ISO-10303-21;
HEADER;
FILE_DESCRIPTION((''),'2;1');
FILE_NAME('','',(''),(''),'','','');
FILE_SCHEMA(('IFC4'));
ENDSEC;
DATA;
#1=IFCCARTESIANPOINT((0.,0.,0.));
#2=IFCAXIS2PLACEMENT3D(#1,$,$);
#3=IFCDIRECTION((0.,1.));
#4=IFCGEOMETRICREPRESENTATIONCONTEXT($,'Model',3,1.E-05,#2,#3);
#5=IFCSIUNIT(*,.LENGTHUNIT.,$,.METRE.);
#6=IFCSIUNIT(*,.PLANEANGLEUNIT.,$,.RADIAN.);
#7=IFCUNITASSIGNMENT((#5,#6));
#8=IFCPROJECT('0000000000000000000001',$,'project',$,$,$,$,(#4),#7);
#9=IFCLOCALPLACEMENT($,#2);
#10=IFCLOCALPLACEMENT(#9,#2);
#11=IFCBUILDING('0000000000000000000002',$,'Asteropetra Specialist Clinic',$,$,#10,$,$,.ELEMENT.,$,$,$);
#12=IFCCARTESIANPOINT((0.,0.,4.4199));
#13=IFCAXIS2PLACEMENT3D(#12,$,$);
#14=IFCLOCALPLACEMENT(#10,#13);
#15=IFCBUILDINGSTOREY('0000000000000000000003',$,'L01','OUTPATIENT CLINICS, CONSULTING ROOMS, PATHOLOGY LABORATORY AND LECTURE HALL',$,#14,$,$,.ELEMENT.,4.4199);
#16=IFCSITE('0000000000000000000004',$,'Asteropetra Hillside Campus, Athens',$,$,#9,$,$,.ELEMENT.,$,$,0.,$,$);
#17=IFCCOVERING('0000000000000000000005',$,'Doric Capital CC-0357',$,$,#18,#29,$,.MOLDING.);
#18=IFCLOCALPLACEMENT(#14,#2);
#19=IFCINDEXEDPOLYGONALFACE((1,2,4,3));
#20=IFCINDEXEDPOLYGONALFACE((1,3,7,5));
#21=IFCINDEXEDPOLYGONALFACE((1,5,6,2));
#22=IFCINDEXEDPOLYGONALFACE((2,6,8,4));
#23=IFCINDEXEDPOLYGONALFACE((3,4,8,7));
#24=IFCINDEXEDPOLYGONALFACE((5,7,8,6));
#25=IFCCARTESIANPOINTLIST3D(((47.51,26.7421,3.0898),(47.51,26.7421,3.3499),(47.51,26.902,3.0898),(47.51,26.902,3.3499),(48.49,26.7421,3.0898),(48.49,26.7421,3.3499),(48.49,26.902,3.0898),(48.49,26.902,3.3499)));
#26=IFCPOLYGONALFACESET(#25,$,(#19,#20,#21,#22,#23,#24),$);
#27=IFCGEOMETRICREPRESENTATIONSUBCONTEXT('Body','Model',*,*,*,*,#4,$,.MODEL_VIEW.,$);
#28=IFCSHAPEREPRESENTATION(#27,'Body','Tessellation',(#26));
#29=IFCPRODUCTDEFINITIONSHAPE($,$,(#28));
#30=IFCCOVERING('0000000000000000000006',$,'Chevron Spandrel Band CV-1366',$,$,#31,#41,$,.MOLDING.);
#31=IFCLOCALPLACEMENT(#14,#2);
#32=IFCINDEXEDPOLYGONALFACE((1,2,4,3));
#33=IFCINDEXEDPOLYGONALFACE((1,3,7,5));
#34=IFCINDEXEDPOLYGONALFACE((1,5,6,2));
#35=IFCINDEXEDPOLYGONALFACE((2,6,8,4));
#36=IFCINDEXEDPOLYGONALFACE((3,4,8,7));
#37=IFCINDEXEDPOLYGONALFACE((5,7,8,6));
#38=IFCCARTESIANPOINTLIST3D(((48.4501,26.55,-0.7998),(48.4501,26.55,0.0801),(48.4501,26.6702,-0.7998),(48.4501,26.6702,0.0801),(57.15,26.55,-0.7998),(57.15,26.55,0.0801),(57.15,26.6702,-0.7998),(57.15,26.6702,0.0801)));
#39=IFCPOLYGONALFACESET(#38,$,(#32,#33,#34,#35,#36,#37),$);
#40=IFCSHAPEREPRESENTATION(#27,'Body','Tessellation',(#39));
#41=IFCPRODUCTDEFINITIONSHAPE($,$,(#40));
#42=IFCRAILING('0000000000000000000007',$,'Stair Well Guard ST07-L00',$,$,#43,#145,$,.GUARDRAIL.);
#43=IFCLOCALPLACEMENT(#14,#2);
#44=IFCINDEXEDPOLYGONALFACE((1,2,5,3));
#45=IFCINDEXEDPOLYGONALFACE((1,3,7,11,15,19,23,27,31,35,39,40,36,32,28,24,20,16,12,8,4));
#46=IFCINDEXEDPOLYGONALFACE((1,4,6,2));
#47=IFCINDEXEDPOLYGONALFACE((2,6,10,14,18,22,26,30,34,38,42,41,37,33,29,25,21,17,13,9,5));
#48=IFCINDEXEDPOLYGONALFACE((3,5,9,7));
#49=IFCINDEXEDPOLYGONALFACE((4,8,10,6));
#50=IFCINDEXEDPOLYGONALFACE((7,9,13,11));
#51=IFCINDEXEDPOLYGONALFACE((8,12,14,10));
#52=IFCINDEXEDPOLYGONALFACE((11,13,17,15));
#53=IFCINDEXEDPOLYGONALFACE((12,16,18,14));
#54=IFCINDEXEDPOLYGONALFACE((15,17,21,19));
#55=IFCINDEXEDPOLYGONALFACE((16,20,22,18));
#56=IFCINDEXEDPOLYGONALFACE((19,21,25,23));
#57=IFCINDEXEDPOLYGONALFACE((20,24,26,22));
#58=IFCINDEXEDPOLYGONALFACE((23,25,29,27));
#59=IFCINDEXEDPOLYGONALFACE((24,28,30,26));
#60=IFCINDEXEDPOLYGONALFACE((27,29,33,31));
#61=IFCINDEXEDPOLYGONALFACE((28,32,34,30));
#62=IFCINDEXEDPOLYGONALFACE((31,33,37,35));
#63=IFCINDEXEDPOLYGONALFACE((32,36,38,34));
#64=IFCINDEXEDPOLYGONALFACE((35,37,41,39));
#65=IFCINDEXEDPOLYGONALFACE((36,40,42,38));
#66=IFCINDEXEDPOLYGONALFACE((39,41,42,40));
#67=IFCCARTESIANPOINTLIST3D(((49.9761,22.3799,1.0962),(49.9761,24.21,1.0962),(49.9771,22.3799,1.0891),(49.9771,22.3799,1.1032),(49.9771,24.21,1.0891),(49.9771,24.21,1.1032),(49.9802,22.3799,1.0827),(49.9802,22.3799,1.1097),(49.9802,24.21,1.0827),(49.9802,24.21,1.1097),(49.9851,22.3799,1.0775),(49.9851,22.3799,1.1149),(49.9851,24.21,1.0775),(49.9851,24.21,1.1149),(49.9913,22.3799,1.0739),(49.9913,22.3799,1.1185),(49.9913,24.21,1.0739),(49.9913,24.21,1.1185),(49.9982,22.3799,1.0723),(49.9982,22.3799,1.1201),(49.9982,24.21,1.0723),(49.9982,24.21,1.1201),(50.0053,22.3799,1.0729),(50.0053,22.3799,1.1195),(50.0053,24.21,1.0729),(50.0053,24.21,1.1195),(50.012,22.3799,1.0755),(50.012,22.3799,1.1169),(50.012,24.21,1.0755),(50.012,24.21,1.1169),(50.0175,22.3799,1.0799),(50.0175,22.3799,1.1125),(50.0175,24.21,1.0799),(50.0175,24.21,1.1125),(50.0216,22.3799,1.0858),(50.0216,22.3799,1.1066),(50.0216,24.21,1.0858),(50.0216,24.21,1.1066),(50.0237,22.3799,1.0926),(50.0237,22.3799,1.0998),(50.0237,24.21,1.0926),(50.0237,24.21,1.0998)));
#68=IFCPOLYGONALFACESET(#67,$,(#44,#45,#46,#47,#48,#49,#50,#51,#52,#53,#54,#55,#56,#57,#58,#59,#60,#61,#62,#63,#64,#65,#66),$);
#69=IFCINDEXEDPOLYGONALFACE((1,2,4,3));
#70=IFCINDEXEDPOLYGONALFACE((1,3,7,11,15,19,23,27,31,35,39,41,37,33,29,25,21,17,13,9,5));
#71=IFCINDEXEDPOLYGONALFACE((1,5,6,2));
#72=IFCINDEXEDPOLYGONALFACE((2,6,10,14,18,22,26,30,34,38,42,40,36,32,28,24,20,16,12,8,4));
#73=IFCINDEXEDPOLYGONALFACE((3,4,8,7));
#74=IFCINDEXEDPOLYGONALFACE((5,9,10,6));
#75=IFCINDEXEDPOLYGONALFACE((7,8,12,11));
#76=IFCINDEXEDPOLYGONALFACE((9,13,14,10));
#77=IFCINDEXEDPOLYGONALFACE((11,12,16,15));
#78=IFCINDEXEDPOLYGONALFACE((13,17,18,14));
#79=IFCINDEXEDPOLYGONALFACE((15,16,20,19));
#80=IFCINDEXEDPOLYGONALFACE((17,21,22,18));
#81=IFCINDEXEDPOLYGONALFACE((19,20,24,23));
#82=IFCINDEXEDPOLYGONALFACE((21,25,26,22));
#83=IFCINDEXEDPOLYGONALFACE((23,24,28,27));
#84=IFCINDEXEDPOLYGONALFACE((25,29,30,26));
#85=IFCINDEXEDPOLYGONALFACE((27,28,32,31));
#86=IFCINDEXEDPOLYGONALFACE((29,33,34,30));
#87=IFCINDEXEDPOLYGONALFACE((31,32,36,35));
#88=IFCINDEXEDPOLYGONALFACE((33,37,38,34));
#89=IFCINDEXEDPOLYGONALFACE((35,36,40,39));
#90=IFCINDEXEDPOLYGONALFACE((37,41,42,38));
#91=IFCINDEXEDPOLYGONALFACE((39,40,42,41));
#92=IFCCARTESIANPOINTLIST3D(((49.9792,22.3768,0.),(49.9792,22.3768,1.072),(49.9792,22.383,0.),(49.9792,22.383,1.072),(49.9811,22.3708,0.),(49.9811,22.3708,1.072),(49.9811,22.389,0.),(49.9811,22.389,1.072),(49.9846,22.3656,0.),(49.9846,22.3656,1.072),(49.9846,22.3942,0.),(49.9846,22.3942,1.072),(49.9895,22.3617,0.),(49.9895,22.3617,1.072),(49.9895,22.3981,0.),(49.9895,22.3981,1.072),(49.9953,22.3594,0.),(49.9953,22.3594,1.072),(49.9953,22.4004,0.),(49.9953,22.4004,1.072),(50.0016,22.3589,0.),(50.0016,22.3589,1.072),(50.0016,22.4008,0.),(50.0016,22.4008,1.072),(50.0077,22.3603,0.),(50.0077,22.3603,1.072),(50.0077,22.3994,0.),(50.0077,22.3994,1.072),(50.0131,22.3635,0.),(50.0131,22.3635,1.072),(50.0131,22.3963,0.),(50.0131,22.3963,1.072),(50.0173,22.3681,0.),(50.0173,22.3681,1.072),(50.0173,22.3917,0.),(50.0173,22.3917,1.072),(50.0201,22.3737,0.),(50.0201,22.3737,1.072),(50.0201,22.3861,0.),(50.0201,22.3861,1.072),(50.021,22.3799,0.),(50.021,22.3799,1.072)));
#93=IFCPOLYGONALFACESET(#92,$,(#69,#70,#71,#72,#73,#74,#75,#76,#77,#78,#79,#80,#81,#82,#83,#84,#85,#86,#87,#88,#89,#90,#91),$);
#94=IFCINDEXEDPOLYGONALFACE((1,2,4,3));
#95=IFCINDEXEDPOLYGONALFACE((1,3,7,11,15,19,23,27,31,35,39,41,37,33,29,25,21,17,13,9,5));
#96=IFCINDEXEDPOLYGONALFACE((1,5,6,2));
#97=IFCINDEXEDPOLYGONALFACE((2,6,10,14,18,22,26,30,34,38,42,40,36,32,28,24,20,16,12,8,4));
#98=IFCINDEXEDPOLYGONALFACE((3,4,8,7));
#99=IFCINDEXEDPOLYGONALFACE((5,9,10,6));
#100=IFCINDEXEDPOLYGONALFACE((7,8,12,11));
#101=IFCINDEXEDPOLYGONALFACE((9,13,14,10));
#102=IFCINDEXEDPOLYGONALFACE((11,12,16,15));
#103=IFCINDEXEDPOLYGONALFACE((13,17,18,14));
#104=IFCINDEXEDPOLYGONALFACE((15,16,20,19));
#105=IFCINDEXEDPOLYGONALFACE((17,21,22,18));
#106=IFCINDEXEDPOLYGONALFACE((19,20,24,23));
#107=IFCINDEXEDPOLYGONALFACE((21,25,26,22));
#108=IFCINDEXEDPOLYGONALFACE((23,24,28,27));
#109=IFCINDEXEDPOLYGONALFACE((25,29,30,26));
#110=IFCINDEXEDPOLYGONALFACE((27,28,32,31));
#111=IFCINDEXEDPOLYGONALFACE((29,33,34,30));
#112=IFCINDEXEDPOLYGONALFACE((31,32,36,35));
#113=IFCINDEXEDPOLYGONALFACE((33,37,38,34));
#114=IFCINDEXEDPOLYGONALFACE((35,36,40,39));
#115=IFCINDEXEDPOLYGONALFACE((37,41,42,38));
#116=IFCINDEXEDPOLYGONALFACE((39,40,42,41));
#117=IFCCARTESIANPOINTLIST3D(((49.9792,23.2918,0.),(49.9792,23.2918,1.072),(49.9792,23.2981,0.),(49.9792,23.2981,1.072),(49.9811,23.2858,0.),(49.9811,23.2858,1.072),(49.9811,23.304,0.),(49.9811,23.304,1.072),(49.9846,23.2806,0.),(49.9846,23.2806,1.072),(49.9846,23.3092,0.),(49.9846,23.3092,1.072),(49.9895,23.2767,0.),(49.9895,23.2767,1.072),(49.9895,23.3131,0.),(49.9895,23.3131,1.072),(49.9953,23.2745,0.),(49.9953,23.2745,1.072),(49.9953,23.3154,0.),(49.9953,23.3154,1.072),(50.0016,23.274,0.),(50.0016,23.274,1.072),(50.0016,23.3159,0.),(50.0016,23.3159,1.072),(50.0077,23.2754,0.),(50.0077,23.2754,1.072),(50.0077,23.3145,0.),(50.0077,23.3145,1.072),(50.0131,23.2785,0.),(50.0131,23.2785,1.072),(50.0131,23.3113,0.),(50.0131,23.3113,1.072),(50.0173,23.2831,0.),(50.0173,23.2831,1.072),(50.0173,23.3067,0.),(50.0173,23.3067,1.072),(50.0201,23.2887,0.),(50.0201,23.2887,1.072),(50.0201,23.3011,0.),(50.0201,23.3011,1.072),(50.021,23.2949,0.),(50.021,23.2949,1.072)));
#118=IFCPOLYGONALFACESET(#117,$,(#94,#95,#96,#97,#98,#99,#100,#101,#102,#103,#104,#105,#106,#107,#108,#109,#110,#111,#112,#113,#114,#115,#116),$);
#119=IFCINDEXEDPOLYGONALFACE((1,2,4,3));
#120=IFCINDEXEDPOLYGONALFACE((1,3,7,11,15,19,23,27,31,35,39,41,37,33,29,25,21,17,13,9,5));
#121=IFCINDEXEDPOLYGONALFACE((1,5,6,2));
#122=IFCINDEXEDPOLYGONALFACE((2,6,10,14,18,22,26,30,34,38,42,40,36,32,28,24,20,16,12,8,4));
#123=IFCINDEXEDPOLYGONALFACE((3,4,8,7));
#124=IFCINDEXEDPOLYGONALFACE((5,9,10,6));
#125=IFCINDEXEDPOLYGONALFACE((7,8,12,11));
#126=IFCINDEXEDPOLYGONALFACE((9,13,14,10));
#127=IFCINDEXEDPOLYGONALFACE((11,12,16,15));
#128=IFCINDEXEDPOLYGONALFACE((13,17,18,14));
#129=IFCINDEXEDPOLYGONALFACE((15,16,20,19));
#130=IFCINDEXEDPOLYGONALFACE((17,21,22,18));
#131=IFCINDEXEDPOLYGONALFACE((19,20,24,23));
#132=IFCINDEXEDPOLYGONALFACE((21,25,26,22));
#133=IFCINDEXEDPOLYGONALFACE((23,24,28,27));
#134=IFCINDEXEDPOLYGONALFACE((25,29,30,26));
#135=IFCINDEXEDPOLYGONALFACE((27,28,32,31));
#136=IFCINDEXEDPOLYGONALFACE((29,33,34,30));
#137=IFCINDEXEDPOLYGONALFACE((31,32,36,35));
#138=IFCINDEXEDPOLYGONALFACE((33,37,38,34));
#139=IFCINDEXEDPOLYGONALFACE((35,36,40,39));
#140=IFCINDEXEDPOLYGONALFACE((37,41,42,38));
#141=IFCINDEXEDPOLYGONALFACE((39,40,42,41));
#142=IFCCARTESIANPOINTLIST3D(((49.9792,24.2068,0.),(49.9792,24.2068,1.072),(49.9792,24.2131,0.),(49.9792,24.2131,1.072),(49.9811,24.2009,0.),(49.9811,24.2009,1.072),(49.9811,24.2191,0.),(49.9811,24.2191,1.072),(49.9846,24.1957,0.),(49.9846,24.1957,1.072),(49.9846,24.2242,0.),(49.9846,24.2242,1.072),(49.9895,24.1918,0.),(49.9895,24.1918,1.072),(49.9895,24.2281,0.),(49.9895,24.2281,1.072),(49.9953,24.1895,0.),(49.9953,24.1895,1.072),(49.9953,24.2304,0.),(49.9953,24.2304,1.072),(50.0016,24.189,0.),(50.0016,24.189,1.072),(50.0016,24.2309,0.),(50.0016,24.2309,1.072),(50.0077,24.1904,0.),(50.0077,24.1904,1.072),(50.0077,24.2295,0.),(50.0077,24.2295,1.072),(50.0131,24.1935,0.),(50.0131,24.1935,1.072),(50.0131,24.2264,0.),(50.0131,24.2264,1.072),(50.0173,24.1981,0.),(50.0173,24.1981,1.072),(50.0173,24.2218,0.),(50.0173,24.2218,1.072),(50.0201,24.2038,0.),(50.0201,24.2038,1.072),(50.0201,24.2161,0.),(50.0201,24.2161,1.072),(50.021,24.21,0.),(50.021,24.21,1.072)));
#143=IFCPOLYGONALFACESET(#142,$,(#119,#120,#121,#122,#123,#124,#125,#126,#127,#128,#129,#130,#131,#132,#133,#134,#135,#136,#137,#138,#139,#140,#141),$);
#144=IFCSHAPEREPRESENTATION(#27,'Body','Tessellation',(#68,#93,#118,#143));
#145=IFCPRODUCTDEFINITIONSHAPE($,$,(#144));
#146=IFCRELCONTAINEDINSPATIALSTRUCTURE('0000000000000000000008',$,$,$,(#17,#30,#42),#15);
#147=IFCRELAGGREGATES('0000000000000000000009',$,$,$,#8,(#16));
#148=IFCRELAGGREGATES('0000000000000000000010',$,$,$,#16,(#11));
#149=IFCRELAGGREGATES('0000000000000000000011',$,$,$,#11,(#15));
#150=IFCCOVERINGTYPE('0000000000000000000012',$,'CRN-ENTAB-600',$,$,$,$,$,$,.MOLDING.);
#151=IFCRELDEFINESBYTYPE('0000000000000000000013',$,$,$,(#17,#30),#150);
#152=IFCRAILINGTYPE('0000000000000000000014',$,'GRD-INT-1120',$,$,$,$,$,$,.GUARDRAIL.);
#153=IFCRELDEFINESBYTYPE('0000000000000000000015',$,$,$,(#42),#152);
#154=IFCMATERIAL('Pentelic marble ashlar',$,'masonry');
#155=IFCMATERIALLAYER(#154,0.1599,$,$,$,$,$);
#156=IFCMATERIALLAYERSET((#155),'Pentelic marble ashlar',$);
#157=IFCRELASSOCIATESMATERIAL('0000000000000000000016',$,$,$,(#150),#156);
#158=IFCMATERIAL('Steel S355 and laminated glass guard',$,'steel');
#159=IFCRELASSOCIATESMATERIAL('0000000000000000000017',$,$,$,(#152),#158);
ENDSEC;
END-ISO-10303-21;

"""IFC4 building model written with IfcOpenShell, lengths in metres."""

from ifc_helpers import new_model, si_unit, direction, frame, origin, origin_2d, place, context, subcontext, project, spatial, rectangle, circle, extrude, material, layer, layer_set, type_object, element, save


model = new_model("IFC4")

# Units and contexts
model_context = context("Model", 3, precision=1e-05, world=origin(), true_north=direction((0.0, 1.0)))
body_context = subcontext(model_context, "Body", "Model", "MODEL_VIEW")
ifc_project = project(units=[si_unit("LENGTHUNIT", "METRE"), si_unit("PLANEANGLEUNIT", "RADIAN")], contexts=[model_context])

# Site, building, storey
site_placement = place(None, origin())
site = spatial("IfcSite", under=ifc_project, at=site_placement, Name="Asteropetra Hillside Campus, Athens", CompositionType="ELEMENT", RefElevation=0.0)
building_placement = place(site_placement, origin())
building = spatial("IfcBuilding", under=site, at=building_placement, Name="Asteropetra Specialist Clinic", CompositionType="ELEMENT")
storey_placement = place(building_placement, frame((0.0, 0.0, 4.4199)))
storey = spatial("IfcBuildingStorey", under=building, at=storey_placement, Name="L01", Description="OUTPATIENT CLINICS, CONSULTING ROOMS, PATHOLOGY LABORATORY AND LECTURE HALL", CompositionType="ELEMENT", Elevation=4.4199)

# Coverings
ifc_material_1 = material(Name="Pentelic marble ashlar", Category="masonry")
ifc_layer_1 = layer(ifc_material_1, 0.1599)
ifc_layer_set_1 = layer_set([ifc_layer_1], Name="Pentelic marble ashlar")
covering_type = type_object("IfcCoveringType", Name="CRN-ENTAB-600", PredefinedType="MOLDING", material=ifc_layer_set_1)
for number, where, z_axis, x_axis, name in (
    (1, (48.0, 26.822, 3.0898), (0.0, 0.0, 1.0), (1.0, 0.0, 0.0), "Doric Capital CC-0357"),
):
    element("IfcCovering", number, at=place(storey_placement, frame(where, z_axis=z_axis, x_axis=x_axis)), inside=storey, type_object=covering_type, Name=name, PredefinedType="MOLDING", context=body_context, shape_type="SweptSolid", body=[
        extrude(rectangle(XDim=0.98, YDim=0.1599, at=origin_2d()), origin(), (0.0, 0.0, 1.0), 0.26),
    ])
covering_1_placement = place(storey_placement, frame((52.8, 26.6101, -0.7998), z_axis=(0.0, 0.0, 1.0), x_axis=(1.0, 0.0, 0.0)))
element("IfcCovering", 2, at=covering_1_placement, inside=storey, type_object=covering_type, Name="Chevron Spandrel Band CV-1366", PredefinedType="MOLDING", context=body_context, shape_type="SweptSolid", body=[
    extrude(rectangle(XDim=8.7, YDim=0.1201, at=origin_2d()), origin(), (0.0, 0.0, 1.0), 0.8799),
])

# Railing
ifc_material_2 = material(Name="Steel S355 and laminated glass guard", Category="steel")
railing_type = type_object("IfcRailingType", Name="GRD-INT-1120", PredefinedType="GUARDRAIL", material=ifc_material_2)
railing_placement = place(storey_placement, frame((50.0, 22.3799, 0.0)))
element("IfcRailing", 3, at=railing_placement, inside=storey, type_object=railing_type, Name="Stair Well Guard ST07-L00", PredefinedType="GUARDRAIL", context=body_context, shape_type="SweptSolid", body=[
    extrude(circle(Radius=0.0239, at=origin_2d()), frame((0.0, 0.0, 1.0962), z_axis=(0.0, 1.0, 0.0), x_axis=(-1.0, 0.0, 0.0)), (0.0, 0.0, 1.0), 1.8301),
    extrude(circle(Radius=0.021, at=origin_2d()), origin(), (0.0, 0.0, 1.0), 1.072),
    extrude(circle(Radius=0.021, at=origin_2d()), frame((0.0, 0.915, 0.0)), (0.0, 0.0, 1.0), 1.072),
    extrude(circle(Radius=0.021, at=origin_2d()), frame((0.0, 1.8301, 0.0)), (0.0, 0.0, 1.0), 1.072),
])

save(model, "model.ifc")
